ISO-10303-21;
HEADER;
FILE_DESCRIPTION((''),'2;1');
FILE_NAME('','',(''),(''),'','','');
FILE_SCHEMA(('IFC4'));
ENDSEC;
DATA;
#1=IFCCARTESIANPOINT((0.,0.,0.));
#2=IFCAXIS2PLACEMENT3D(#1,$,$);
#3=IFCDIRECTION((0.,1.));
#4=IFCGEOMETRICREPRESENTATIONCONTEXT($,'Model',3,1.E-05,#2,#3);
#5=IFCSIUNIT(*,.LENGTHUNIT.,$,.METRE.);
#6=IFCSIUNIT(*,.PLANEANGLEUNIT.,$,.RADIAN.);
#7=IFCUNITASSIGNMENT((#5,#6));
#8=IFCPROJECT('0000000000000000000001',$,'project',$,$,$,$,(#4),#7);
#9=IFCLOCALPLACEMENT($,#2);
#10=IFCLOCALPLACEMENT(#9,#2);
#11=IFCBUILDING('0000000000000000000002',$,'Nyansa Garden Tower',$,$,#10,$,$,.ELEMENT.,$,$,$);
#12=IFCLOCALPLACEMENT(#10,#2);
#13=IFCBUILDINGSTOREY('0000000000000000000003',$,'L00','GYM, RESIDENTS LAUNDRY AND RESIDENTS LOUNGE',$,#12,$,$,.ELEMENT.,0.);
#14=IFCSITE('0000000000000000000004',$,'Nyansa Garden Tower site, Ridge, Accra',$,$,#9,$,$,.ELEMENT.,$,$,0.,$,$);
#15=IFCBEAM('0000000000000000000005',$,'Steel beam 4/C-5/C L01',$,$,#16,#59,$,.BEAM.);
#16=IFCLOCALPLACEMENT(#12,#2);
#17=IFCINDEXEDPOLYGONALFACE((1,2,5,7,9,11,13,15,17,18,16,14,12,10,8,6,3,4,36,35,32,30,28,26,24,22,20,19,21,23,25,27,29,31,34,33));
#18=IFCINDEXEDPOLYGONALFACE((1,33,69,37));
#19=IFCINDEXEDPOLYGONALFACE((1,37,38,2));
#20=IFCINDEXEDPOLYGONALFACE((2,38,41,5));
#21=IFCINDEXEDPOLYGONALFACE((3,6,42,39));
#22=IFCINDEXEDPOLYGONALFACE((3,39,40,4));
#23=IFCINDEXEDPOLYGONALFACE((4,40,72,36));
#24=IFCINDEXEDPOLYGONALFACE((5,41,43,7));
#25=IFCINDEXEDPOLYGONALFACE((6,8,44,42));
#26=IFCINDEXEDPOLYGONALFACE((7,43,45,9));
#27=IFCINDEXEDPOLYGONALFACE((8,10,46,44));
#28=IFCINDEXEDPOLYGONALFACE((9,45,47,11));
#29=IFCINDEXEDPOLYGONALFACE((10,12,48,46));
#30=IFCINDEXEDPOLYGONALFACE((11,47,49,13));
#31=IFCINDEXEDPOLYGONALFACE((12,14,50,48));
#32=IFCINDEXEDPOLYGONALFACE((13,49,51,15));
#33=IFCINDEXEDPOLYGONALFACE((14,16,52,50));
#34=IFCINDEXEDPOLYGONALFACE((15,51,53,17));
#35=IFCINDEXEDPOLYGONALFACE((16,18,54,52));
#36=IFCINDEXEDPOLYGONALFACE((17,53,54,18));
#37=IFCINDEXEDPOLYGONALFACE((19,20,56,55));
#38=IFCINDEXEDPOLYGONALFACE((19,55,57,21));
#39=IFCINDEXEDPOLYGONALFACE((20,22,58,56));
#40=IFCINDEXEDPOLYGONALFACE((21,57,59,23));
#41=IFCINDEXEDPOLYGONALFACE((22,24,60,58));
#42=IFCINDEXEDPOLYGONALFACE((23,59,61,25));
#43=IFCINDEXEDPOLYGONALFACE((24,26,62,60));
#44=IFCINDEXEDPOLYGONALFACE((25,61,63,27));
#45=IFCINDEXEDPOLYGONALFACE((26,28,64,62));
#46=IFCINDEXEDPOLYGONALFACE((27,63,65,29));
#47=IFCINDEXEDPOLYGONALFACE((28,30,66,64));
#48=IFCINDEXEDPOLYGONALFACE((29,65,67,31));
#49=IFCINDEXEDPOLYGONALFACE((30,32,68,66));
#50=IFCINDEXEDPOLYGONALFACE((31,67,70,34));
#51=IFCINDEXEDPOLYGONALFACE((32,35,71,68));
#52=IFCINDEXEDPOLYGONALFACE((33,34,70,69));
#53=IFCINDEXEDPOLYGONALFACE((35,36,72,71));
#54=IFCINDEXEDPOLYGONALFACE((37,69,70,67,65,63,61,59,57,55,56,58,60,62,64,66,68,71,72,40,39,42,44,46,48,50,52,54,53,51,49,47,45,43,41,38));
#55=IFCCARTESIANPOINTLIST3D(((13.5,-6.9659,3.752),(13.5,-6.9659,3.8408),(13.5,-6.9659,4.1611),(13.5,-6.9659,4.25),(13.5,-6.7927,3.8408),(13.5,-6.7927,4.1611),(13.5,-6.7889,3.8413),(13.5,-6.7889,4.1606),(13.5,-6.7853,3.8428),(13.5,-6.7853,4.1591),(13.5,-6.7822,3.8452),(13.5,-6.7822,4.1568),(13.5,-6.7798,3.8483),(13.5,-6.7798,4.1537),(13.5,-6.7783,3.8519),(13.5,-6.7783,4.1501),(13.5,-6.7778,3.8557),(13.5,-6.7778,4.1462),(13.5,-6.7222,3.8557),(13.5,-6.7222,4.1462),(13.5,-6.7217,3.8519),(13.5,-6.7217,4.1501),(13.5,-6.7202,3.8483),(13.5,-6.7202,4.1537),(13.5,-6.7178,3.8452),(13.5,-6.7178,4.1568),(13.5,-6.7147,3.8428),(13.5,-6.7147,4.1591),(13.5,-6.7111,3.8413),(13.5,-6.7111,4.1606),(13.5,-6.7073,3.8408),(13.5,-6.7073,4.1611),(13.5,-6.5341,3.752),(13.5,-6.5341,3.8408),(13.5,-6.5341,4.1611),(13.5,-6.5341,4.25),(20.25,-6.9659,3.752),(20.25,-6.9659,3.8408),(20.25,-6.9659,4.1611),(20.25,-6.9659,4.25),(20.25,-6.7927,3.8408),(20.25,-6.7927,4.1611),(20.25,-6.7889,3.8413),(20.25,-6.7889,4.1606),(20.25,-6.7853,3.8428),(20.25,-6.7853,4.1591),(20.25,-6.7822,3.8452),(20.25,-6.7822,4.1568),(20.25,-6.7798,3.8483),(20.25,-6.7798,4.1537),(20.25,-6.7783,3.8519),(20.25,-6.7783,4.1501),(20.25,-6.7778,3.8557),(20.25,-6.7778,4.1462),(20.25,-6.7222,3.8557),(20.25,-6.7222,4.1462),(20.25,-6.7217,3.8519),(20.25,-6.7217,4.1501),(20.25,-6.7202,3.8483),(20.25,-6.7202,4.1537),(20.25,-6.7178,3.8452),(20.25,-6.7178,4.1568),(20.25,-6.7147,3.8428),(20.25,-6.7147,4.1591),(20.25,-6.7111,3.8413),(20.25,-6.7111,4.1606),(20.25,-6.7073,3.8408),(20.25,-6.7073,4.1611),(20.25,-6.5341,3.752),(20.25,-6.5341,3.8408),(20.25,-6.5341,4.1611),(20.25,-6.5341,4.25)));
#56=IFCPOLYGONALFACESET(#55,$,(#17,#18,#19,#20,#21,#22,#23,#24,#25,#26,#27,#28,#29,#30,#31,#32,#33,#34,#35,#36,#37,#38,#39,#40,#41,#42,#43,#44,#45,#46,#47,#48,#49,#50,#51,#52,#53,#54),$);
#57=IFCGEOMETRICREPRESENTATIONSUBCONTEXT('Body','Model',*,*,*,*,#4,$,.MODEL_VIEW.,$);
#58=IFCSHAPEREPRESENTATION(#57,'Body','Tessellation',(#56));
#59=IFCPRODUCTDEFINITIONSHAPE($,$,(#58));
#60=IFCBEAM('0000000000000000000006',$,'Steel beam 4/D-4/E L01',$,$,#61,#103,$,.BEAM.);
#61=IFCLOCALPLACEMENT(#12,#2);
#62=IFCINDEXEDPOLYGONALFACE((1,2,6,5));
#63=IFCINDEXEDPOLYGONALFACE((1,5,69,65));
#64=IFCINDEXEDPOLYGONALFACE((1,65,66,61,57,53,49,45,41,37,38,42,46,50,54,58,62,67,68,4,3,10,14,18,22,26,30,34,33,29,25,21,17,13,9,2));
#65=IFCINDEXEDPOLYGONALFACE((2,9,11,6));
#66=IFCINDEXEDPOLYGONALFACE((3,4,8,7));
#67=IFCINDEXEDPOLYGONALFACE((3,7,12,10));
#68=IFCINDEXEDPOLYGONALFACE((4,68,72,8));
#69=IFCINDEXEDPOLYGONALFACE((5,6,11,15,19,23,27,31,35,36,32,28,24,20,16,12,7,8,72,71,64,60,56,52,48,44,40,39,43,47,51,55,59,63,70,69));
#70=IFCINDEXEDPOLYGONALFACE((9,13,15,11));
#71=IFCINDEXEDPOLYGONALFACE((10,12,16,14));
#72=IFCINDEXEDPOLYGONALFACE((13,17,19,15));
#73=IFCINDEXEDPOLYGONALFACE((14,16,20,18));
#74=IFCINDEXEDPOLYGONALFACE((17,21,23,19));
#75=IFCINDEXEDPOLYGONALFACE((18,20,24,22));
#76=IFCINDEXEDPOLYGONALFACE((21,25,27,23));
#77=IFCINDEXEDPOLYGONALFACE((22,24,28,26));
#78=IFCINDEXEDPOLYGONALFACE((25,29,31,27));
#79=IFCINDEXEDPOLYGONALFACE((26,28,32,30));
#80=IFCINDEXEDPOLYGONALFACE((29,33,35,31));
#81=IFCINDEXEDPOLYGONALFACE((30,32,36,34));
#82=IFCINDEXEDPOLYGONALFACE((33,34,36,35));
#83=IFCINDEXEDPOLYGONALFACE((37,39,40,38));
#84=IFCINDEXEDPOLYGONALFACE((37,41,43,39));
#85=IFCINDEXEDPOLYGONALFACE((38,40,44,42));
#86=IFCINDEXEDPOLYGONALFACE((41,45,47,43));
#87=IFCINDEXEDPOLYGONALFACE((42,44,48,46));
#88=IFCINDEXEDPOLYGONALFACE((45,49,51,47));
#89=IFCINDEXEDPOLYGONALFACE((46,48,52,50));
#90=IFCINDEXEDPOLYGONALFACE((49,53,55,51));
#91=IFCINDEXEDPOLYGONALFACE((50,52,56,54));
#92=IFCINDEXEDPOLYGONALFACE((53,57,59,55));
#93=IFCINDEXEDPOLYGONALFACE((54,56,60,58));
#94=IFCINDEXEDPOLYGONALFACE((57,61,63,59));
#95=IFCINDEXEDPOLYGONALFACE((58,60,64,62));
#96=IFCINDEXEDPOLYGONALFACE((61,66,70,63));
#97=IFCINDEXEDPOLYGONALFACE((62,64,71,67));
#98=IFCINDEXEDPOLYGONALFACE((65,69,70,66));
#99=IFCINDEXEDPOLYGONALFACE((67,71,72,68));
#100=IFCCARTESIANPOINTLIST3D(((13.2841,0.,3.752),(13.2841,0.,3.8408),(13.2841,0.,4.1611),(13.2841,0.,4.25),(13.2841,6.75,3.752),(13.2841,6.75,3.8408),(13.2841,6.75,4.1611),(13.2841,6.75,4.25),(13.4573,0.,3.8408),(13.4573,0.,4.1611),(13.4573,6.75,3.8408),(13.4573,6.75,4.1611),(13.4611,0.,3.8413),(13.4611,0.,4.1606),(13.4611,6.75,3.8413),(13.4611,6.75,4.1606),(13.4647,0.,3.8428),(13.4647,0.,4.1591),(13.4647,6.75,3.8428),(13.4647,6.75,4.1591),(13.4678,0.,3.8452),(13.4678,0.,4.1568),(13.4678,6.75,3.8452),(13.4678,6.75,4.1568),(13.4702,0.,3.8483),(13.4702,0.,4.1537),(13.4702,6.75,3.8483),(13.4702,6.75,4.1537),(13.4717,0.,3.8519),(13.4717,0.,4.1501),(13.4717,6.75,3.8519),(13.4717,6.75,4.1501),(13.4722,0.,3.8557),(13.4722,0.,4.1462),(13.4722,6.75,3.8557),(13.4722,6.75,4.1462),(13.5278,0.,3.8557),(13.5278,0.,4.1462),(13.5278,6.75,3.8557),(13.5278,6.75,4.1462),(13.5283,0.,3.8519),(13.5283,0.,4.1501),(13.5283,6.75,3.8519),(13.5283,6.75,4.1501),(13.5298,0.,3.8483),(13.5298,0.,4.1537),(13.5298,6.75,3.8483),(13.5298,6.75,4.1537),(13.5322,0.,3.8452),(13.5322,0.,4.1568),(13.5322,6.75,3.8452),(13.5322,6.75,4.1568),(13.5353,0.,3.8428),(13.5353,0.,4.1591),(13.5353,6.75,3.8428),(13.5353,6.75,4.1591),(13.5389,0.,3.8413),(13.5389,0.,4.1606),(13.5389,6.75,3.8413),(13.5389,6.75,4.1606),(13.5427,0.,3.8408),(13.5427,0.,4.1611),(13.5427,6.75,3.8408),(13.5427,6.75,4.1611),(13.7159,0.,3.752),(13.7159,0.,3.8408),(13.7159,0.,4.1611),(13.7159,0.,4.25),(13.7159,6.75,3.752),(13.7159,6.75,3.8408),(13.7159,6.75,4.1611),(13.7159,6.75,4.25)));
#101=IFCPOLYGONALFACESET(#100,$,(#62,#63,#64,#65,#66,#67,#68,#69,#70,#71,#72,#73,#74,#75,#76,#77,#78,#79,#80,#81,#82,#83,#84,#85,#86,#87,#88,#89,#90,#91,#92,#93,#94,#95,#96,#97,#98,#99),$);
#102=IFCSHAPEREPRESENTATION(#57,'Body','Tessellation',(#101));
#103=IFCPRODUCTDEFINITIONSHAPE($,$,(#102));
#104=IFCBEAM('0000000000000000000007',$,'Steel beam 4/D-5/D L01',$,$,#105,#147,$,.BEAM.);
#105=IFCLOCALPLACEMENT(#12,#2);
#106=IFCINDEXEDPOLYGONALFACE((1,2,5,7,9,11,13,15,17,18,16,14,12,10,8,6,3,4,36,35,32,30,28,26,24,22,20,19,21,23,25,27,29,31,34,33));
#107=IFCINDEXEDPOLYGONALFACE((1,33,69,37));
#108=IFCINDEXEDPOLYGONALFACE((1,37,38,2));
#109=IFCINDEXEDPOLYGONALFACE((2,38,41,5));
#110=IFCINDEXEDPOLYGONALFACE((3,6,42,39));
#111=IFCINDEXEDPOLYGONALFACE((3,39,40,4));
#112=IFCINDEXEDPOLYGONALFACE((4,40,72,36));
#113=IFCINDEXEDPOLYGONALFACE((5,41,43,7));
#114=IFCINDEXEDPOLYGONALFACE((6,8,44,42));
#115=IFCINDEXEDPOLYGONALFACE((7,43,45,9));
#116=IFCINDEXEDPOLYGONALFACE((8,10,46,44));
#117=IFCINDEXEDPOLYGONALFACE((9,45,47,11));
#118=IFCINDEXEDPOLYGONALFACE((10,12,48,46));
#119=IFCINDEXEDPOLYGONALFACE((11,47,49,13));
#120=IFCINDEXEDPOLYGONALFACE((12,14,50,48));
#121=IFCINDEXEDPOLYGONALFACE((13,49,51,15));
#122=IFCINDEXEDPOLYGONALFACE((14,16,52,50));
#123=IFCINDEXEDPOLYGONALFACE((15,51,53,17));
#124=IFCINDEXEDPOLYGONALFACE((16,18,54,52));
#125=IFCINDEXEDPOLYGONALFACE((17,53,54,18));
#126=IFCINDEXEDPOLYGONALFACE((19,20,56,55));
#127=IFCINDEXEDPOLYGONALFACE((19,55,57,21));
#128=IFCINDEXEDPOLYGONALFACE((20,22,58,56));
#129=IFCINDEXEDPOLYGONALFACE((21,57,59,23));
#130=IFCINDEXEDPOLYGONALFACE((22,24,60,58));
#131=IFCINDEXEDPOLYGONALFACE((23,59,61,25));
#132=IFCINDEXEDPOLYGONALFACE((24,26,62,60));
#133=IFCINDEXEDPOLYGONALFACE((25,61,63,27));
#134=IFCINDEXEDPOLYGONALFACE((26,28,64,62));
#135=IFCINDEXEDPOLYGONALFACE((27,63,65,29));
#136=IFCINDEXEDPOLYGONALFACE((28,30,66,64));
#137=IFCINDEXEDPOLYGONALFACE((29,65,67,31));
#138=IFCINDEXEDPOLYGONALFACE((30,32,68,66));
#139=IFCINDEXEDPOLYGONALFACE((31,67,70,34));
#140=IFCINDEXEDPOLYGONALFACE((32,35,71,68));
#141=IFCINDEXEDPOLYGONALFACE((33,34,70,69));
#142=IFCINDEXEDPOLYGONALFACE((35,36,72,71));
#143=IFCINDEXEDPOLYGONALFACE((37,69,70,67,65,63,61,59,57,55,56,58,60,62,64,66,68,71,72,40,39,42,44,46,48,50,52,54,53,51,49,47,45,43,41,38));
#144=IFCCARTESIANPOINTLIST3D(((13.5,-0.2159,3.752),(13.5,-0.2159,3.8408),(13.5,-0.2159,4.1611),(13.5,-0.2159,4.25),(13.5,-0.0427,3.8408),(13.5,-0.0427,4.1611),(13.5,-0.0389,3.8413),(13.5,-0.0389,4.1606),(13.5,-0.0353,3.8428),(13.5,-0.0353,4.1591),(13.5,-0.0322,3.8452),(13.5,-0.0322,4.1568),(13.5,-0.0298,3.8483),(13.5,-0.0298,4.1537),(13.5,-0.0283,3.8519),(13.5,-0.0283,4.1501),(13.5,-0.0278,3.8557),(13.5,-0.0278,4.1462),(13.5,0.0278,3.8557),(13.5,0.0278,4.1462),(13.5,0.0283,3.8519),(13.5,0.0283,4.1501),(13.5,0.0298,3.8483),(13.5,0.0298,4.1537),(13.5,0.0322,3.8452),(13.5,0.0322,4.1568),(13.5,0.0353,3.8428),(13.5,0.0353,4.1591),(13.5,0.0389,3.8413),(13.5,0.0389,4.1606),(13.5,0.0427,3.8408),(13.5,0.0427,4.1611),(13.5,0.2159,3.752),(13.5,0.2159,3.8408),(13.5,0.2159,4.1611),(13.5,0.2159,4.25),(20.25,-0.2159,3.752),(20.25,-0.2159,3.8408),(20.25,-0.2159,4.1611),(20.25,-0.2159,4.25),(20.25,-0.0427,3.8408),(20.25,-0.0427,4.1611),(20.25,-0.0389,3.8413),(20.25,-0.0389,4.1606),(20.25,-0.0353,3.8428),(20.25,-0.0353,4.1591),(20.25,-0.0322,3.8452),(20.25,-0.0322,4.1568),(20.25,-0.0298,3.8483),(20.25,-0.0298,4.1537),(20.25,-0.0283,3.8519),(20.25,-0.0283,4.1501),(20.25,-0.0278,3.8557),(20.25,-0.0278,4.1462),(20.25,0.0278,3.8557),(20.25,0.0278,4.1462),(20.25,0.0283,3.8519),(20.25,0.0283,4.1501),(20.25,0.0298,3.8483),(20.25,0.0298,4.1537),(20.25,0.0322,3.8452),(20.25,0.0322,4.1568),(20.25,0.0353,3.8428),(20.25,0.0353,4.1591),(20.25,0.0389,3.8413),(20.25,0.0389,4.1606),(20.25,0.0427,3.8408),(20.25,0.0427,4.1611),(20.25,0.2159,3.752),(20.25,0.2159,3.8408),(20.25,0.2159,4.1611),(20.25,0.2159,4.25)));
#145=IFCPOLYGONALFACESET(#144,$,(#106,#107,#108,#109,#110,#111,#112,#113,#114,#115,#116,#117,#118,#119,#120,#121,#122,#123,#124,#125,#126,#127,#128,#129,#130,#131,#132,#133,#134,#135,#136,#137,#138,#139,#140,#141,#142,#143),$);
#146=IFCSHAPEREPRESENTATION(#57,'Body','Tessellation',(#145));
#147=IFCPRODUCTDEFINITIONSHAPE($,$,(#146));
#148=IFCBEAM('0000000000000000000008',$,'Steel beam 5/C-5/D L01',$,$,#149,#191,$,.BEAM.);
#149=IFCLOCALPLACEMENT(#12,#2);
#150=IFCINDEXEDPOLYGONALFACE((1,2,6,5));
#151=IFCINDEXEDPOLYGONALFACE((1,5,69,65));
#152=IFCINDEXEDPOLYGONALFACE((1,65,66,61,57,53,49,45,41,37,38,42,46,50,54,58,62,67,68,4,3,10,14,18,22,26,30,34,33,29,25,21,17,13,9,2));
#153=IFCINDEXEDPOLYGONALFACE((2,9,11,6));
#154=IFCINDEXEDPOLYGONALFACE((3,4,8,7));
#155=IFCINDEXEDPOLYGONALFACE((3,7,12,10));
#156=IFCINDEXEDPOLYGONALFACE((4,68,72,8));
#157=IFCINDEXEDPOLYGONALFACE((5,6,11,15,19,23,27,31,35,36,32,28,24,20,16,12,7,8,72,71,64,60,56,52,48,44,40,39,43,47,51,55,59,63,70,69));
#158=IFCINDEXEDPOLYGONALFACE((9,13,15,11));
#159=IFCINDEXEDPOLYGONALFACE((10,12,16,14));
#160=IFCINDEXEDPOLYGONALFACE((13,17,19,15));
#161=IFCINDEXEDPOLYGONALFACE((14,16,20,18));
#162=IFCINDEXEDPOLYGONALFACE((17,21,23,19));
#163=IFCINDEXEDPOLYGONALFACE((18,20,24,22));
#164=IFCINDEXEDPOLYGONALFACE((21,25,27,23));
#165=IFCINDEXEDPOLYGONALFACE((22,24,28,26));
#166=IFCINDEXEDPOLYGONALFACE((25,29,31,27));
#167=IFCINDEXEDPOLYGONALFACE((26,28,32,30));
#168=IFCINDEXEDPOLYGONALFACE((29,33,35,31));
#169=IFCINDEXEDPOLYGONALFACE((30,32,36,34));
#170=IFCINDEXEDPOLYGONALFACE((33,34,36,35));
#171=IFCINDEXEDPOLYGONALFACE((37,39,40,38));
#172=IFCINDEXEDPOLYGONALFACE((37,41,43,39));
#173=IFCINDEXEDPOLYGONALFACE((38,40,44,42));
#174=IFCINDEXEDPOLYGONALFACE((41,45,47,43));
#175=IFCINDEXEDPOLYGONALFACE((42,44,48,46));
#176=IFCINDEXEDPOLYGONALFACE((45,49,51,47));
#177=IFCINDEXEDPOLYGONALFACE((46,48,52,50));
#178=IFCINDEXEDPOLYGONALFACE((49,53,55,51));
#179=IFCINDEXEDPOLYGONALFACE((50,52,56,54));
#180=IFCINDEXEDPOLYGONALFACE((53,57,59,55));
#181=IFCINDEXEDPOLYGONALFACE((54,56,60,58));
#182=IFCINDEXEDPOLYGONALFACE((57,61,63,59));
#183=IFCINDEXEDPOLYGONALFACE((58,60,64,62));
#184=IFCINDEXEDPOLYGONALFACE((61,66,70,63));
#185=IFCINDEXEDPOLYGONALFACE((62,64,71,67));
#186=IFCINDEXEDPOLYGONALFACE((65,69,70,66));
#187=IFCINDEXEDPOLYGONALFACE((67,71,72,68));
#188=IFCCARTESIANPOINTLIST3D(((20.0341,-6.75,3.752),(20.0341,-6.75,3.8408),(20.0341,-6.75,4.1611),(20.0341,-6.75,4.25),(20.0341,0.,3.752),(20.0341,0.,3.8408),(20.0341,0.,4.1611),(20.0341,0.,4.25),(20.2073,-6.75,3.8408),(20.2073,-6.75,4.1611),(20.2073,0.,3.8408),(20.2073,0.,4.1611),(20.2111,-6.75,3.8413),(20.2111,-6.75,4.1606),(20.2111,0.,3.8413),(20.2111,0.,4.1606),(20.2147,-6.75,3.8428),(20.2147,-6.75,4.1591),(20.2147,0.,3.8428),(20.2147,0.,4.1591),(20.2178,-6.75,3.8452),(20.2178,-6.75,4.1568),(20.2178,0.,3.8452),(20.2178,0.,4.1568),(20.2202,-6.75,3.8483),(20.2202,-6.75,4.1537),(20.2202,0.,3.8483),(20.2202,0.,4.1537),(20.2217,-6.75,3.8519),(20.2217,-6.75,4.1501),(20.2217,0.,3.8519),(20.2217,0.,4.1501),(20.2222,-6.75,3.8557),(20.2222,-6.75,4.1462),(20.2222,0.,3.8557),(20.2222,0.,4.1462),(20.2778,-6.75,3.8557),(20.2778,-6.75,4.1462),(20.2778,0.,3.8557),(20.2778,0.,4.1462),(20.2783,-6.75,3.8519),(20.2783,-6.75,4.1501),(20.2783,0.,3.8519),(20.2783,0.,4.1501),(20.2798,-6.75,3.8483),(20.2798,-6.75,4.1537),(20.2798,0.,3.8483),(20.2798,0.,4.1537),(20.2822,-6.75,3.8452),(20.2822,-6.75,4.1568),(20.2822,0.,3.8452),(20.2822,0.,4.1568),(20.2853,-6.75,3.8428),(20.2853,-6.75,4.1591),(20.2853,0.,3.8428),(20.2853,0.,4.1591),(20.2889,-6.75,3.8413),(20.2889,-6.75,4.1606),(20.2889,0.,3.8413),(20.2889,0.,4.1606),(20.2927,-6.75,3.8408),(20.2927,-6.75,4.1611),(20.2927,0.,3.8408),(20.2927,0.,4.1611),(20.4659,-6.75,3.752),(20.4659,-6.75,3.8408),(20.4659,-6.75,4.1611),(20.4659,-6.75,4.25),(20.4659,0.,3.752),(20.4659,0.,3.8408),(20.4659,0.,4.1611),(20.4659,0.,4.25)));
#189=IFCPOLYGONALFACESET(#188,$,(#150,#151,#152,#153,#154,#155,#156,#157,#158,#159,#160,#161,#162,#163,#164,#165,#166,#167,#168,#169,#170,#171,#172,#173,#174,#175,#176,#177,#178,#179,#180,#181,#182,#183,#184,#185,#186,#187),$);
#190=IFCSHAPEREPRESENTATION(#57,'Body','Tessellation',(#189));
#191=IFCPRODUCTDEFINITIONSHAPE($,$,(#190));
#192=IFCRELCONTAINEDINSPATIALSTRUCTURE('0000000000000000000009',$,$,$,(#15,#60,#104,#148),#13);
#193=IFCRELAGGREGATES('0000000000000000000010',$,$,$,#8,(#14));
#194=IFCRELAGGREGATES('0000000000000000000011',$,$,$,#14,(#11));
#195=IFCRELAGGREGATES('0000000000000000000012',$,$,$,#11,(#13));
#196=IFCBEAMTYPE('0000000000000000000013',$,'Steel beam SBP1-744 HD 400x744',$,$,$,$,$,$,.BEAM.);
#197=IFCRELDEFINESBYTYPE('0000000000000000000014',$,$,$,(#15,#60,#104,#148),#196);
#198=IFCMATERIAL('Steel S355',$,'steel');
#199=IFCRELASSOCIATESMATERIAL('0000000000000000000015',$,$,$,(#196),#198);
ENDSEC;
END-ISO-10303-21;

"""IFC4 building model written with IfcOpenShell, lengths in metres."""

from ifc_helpers import new_model, si_unit, direction, frame, origin, origin_2d, place, context, subcontext, project, spatial, i_section, extrude, material, material_profile, profile_set, type_object, element, save


model = new_model("IFC4")

# Units and contexts
model_context = context("Model", 3, precision=1e-05, world=origin(), true_north=direction((0.0, 1.0)))
body_context = subcontext(model_context, "Body", "Model", "MODEL_VIEW")
ifc_project = project(units=[si_unit("LENGTHUNIT", "METRE"), si_unit("PLANEANGLEUNIT", "RADIAN")], contexts=[model_context])

# Site, building, storey
site_placement = place(None, origin())
site = spatial("IfcSite", under=ifc_project, at=site_placement, Name="Nyansa Garden Tower site, Ridge, Accra", CompositionType="ELEMENT", RefElevation=0.0)
building_placement = place(site_placement, origin())
building = spatial("IfcBuilding", under=site, at=building_placement, Name="Nyansa Garden Tower", CompositionType="ELEMENT")
storey_placement = place(building_placement, origin())
storey = spatial("IfcBuildingStorey", under=building, at=storey_placement, Name="L00", Description="GYM, RESIDENTS LAUNDRY AND RESIDENTS LOUNGE", CompositionType="ELEMENT", Elevation=0.0)

# Beams
ifc_material_1 = material(Name="Steel S355", Category="steel")
ifc_material_profile_1 = material_profile(ifc_material_1, i_section(OverallWidth=0.4319, OverallDepth=0.498, WebThickness=0.0557, FlangeThickness=0.0889, FilletRadius=0.0149, at=origin_2d()), Name="HD 400x744")
ifc_profile_set_1 = profile_set([ifc_material_profile_1], Name="Steel S355")
beam_type = type_object("IfcBeamType", Name="Steel beam SBP1-744 HD 400x744", PredefinedType="BEAM", material=ifc_profile_set_1)
for number, where, z_axis, x_axis, name in (
    (1, (13.5, -6.75, 4.001), (1.0, 0.0, 0.0), (0.0, 1.0, 0.0), "Steel beam 4/C-5/C L01"),
    (2, (13.5, 0.0, 4.001), (0.0, 1.0, 0.0), (-1.0, 0.0, 0.0), "Steel beam 4/D-4/E L01"),
    (3, (13.5, 0.0, 4.001), (1.0, 0.0, 0.0), (0.0, 1.0, 0.0), "Steel beam 4/D-5/D L01"),
    (4, (20.25, -6.75, 4.001), (0.0, 1.0, 0.0), (-1.0, 0.0, 0.0), "Steel beam 5/C-5/D L01"),
):
    element("IfcBeam", number, at=place(storey_placement, frame(where, z_axis=z_axis, x_axis=x_axis)), inside=storey, type_object=beam_type, Name=name, PredefinedType="BEAM", context=body_context, shape_type="SweptSolid", body=[
        extrude(i_section(OverallWidth=0.4319, OverallDepth=0.498, WebThickness=0.0557, FlangeThickness=0.0889, FilletRadius=0.0149, at=origin_2d()), origin(), (0.0, 0.0, 1.0), 6.75),
    ])

save(model, "model.ifc")
